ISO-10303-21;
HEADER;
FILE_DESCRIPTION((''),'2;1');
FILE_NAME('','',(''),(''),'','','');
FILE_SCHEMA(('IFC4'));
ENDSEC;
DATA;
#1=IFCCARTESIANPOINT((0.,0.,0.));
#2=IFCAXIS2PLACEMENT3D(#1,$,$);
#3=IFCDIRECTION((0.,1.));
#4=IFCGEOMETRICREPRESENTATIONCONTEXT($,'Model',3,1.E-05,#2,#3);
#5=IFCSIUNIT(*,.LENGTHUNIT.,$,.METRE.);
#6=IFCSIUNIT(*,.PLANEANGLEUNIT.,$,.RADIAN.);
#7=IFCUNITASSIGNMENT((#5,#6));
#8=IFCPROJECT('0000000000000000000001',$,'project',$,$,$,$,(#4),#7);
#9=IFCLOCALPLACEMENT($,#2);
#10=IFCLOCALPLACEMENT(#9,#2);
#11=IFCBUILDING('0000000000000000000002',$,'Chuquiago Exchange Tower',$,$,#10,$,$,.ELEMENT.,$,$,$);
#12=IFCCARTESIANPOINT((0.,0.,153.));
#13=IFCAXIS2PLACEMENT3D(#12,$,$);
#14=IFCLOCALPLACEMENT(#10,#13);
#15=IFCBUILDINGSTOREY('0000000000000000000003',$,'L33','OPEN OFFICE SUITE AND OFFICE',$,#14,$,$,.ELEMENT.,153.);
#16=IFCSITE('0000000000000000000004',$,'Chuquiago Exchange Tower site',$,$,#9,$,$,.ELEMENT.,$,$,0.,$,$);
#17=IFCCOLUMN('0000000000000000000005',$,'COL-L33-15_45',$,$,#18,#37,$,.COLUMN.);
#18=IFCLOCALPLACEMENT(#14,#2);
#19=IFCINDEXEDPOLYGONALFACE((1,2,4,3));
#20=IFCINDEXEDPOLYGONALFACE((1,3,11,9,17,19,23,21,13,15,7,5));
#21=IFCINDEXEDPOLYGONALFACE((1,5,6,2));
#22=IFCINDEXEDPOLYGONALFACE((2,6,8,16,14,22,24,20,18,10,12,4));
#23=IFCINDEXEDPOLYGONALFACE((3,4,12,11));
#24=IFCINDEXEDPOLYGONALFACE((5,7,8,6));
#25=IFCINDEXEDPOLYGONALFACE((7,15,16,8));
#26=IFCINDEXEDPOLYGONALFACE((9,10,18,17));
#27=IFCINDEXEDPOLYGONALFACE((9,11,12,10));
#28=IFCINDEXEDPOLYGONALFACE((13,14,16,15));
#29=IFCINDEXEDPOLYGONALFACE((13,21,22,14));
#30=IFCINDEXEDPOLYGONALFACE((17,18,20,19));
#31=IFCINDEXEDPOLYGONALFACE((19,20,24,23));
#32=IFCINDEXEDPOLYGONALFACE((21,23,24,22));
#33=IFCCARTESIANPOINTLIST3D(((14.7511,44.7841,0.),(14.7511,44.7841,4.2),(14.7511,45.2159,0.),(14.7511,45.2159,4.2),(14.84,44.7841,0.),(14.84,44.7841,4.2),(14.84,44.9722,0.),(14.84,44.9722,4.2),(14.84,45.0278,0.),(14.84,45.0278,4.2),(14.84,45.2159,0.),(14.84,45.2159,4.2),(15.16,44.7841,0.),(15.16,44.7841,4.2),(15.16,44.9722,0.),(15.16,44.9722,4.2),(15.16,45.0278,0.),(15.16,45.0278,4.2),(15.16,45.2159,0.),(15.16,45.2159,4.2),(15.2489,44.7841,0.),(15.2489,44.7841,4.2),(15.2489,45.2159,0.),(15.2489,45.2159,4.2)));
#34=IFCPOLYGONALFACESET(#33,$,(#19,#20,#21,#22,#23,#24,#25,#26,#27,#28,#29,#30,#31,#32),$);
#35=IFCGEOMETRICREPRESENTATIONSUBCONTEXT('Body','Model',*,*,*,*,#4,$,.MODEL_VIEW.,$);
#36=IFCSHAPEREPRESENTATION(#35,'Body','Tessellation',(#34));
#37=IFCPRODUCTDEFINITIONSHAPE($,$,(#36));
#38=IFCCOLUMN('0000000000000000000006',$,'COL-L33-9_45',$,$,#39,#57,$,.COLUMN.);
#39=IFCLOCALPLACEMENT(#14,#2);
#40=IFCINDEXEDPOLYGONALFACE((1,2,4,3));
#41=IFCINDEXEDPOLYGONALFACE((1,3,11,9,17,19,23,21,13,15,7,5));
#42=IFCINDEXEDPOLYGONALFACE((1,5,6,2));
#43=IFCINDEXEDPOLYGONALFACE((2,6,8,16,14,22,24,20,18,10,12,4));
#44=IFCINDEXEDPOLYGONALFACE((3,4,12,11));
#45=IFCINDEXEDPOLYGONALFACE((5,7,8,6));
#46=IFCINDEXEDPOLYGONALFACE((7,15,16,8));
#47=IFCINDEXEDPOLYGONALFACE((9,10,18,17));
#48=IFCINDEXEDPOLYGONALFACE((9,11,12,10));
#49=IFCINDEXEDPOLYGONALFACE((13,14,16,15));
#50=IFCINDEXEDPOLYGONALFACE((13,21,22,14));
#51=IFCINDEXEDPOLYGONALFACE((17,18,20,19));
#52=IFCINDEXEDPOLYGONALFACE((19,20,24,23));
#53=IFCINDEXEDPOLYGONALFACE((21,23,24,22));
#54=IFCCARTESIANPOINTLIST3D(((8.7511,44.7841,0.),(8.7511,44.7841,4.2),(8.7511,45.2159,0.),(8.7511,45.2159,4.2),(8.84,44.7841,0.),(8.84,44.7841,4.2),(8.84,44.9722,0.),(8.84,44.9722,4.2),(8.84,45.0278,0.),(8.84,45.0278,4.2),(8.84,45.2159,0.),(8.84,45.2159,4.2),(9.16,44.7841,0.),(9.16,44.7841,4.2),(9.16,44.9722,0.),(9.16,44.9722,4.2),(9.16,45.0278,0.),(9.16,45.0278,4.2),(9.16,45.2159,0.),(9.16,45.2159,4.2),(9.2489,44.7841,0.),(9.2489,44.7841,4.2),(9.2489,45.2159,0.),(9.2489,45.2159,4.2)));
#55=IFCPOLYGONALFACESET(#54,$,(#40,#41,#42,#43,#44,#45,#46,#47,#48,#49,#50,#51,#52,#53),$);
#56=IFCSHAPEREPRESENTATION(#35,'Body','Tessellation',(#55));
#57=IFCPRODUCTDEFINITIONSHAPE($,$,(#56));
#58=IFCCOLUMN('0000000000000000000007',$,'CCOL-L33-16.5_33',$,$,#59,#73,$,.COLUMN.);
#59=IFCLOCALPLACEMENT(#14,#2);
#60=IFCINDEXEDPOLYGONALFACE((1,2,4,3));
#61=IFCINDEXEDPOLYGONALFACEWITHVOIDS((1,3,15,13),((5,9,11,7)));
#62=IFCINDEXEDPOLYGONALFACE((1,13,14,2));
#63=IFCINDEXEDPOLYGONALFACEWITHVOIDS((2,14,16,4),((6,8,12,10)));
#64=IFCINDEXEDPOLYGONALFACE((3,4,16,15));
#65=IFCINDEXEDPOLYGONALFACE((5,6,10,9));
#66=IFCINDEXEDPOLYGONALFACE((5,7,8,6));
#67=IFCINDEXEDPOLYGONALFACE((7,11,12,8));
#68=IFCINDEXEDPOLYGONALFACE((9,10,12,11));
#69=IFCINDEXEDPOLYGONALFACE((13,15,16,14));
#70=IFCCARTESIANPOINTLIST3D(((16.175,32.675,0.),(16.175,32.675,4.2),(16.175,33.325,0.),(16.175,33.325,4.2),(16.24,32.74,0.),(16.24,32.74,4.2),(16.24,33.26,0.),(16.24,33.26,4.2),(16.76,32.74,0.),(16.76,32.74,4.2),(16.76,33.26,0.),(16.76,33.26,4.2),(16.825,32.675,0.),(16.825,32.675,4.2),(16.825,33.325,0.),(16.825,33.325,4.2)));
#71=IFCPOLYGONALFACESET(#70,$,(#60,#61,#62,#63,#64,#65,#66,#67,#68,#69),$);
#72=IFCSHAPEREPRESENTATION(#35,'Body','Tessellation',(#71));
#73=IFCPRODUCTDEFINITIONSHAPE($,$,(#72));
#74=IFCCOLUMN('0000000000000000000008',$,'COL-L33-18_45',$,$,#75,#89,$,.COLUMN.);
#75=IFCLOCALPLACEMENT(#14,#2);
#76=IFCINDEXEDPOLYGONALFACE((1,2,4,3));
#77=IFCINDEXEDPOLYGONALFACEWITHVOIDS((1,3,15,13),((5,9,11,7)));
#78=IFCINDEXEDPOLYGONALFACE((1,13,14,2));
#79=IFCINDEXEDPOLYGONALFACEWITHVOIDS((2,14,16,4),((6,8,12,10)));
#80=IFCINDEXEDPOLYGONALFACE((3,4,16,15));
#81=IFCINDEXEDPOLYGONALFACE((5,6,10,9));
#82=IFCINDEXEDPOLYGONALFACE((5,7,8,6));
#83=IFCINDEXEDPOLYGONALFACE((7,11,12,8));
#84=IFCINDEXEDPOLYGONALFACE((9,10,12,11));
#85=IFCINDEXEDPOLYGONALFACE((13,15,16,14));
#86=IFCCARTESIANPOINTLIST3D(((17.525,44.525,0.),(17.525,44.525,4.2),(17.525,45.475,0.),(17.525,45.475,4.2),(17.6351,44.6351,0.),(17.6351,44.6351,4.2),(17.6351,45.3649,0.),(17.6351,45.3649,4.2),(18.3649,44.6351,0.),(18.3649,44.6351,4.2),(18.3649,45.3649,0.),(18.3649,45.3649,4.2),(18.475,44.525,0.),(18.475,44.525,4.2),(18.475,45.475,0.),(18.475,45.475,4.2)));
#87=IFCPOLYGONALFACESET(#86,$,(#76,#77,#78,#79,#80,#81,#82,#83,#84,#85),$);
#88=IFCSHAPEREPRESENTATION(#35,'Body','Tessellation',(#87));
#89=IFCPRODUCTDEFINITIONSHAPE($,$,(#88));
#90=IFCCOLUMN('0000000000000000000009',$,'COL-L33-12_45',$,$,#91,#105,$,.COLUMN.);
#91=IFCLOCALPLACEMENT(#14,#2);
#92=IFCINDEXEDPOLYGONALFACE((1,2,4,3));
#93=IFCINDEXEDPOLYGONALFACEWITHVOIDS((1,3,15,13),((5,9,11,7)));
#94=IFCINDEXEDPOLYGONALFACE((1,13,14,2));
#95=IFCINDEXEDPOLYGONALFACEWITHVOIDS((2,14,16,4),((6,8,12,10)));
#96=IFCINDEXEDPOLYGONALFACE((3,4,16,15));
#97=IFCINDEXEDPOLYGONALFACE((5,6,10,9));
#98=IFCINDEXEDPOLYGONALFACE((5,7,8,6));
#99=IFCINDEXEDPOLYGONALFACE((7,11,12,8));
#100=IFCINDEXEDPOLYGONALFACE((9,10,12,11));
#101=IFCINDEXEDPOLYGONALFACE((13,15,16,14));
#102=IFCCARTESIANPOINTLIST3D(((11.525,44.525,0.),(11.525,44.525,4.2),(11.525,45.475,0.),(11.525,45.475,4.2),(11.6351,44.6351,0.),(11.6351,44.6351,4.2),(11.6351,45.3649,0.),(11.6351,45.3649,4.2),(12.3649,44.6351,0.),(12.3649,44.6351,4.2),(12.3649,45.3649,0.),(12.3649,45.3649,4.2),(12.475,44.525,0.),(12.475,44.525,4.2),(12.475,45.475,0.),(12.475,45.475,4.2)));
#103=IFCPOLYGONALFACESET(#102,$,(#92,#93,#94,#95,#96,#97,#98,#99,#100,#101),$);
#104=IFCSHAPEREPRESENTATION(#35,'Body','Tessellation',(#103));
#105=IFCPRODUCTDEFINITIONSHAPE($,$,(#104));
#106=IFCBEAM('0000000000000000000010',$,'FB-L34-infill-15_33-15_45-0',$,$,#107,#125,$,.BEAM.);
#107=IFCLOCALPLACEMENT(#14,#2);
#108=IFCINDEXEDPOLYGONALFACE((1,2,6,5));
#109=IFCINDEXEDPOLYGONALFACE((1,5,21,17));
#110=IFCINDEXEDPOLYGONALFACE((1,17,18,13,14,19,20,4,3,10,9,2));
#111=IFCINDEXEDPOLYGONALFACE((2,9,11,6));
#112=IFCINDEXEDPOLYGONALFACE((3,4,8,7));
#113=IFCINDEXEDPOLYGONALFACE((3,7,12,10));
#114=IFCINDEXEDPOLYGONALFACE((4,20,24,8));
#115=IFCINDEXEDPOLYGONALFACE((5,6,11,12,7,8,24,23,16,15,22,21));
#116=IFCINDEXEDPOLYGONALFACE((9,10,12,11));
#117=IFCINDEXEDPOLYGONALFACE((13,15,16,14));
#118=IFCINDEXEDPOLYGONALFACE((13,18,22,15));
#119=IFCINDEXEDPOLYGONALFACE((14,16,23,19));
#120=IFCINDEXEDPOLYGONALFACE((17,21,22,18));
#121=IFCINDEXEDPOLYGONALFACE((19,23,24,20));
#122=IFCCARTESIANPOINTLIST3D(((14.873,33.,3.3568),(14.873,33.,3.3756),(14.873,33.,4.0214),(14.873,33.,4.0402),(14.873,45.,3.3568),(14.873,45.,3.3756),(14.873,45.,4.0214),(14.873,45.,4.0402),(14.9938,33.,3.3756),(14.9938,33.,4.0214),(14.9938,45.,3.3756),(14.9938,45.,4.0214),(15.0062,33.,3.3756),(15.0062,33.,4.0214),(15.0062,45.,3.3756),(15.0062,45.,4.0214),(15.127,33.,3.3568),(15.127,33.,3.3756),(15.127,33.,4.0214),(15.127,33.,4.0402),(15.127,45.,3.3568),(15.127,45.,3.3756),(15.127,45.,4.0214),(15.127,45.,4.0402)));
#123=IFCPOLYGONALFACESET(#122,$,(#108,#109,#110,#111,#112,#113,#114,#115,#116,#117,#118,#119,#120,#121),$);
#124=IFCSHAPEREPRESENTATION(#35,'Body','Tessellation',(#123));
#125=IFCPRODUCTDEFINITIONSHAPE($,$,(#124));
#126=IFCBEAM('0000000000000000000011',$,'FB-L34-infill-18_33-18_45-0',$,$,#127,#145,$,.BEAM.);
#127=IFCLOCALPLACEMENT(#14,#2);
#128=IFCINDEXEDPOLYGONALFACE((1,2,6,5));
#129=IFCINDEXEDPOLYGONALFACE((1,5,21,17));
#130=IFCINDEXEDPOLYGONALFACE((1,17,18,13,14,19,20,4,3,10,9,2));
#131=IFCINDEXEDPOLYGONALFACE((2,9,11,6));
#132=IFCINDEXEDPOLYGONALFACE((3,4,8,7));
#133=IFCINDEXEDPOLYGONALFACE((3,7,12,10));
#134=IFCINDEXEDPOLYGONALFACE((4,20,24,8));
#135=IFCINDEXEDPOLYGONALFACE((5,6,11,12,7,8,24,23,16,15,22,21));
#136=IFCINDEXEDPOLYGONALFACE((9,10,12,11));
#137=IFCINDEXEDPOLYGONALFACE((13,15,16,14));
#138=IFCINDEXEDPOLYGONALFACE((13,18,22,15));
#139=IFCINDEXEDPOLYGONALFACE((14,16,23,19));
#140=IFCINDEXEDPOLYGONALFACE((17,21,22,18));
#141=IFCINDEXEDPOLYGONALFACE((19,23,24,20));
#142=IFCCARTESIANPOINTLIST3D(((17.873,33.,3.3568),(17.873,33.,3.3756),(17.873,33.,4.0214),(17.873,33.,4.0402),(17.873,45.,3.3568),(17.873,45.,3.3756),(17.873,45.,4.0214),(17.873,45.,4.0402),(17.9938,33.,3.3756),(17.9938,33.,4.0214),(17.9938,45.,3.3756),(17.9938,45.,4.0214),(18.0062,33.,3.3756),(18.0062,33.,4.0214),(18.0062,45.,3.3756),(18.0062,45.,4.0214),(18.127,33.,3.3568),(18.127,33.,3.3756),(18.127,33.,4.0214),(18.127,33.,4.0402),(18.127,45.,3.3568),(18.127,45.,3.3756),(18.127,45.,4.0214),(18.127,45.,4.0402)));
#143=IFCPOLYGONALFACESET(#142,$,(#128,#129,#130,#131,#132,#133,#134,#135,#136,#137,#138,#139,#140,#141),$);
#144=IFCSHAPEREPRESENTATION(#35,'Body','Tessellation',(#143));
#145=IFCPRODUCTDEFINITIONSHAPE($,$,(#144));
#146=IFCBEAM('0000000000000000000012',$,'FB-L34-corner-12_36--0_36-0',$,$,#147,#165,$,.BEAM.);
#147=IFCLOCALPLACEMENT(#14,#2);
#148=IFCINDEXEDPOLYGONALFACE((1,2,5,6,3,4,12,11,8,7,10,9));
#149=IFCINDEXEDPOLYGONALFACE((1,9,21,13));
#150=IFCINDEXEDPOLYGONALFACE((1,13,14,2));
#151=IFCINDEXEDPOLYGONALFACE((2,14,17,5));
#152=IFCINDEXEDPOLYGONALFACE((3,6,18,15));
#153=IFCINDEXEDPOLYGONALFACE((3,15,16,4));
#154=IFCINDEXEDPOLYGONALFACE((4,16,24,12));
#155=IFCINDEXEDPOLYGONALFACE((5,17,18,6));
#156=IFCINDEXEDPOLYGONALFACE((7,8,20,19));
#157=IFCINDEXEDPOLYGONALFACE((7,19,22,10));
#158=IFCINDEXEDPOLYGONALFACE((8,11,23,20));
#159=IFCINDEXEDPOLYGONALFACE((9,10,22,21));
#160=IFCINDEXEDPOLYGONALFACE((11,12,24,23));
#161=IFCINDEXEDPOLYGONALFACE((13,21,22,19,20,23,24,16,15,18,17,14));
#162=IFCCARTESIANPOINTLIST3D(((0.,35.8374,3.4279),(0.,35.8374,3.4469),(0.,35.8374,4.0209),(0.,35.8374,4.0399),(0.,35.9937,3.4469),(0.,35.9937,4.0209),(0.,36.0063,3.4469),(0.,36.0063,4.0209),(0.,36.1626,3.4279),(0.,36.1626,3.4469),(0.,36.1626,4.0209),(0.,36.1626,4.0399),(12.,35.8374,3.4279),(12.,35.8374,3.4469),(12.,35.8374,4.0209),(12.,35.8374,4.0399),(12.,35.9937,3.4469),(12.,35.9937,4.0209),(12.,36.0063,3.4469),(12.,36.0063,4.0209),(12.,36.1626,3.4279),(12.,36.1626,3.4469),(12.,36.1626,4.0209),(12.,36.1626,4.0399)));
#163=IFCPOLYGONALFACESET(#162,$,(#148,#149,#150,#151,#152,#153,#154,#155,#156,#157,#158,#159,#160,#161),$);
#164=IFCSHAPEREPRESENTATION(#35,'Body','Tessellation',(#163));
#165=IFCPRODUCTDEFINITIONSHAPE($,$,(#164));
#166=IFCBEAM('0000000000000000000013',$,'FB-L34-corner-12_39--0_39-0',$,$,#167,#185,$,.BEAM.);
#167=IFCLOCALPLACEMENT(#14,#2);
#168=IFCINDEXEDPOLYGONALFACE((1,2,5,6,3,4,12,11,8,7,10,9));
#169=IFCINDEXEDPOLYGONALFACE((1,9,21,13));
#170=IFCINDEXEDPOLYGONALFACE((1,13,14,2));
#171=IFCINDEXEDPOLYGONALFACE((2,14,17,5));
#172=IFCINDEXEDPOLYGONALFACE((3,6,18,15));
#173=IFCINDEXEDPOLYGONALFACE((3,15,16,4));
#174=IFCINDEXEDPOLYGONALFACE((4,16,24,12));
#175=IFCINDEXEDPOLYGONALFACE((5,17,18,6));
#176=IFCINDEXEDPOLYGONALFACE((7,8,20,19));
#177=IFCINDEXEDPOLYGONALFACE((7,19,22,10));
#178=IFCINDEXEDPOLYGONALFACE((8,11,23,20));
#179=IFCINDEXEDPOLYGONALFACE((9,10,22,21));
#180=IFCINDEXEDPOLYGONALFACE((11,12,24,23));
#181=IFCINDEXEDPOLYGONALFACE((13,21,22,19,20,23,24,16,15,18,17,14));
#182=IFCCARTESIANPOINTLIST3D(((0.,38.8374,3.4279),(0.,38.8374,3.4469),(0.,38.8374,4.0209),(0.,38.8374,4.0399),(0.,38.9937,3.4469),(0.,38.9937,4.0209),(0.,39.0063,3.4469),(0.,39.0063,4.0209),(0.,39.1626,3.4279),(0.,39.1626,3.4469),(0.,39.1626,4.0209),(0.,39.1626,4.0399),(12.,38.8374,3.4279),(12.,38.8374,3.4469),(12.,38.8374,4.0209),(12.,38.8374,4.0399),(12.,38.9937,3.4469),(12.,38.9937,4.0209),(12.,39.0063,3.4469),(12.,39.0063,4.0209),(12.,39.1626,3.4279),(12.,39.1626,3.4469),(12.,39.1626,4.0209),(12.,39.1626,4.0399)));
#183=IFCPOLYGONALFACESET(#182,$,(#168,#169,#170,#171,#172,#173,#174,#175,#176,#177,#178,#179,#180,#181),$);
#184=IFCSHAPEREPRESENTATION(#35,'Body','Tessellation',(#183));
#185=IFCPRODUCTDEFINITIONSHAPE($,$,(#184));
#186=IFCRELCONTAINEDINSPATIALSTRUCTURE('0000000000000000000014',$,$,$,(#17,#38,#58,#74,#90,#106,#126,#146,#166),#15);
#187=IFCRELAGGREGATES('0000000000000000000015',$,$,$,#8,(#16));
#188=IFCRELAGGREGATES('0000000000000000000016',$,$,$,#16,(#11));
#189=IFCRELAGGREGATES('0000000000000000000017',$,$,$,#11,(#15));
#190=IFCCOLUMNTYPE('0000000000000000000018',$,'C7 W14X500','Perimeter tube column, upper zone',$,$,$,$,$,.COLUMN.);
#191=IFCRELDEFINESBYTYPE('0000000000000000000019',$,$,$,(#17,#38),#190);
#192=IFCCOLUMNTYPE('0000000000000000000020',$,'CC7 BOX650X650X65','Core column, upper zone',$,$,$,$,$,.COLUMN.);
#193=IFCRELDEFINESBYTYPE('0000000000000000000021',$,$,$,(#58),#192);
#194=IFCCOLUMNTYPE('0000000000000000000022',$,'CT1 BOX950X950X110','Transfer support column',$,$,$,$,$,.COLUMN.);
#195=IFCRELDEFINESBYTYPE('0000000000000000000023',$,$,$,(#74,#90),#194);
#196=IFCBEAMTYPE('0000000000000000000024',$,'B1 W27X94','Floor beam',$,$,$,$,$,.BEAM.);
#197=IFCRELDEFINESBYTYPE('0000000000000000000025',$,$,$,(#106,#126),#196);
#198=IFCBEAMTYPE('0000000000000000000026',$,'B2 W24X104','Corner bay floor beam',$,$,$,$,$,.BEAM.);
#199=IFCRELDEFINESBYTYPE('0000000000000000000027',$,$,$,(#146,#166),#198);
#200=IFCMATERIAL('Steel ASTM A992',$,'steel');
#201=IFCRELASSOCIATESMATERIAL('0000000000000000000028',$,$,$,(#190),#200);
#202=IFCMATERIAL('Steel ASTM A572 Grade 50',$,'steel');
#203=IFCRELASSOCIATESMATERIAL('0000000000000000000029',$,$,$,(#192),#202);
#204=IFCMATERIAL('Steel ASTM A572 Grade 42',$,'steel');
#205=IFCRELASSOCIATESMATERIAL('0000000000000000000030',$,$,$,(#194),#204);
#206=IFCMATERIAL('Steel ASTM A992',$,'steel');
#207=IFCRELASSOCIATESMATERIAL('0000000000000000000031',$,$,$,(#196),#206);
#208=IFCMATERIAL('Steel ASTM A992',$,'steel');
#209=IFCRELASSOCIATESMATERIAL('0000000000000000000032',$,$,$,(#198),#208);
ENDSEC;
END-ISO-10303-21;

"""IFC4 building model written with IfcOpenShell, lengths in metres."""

from ifc_helpers import new_model, si_unit, direction, frame, origin, origin_2d, place, context, subcontext, project, spatial, hollow_rectangle, i_section, extrude, material, material_profile, profile_set, type_object, element, save


model = new_model("IFC4")

# Units and contexts
model_context = context("Model", 3, precision=1e-05, world=origin(), true_north=direction((0.0, 1.0)))
body_context = subcontext(model_context, "Body", "Model", "MODEL_VIEW")
ifc_project = project(units=[si_unit("LENGTHUNIT", "METRE"), si_unit("PLANEANGLEUNIT", "RADIAN")], contexts=[model_context])

# Site, building, storey
site_placement = place(None, origin())
site = spatial("IfcSite", under=ifc_project, at=site_placement, Name="Chuquiago Exchange Tower site", CompositionType="ELEMENT", RefElevation=0.0)
building_placement = place(site_placement, origin())
building = spatial("IfcBuilding", under=site, at=building_placement, Name="Chuquiago Exchange Tower", CompositionType="ELEMENT")
storey_placement = place(building_placement, frame((0.0, 0.0, 153.0)))
storey = spatial("IfcBuildingStorey", under=building, at=storey_placement, Name="L33", Description="OPEN OFFICE SUITE AND OFFICE", CompositionType="ELEMENT", Elevation=153.0)

# Columns
ifc_material_1 = material(Name="Steel ASTM A992", Category="steel")
ifc_material_profile_1 = material_profile(ifc_material_1, i_section(OverallWidth=0.4319, OverallDepth=0.4978, WebThickness=0.0557, FlangeThickness=0.0889, at=origin_2d()), Name="W14X500")
ifc_profile_set_1 = profile_set([ifc_material_profile_1], Name="Steel ASTM A992")
column_type_1 = type_object("IfcColumnType", Name="C7 W14X500", Description="Perimeter tube column, upper zone", PredefinedType="COLUMN", material=ifc_profile_set_1)
for number, where, z_axis, x_axis, name in (
    (1, (15.0, 45.0, 0.0), (0.0, 0.0, 1.0), (0.0, 1.0, 0.0), "COL-L33-15_45"),
    (2, (9.0, 45.0, 0.0), (0.0, 0.0, 1.0), (0.0, 1.0, 0.0), "COL-L33-9_45"),
):
    element("IfcColumn", number, at=place(storey_placement, frame(where, z_axis=z_axis, x_axis=x_axis)), inside=storey, type_object=column_type_1, Name=name, PredefinedType="COLUMN", context=body_context, shape_type="SweptSolid", body=[
        extrude(i_section(OverallWidth=0.4319, OverallDepth=0.4978, WebThickness=0.0557, FlangeThickness=0.0889, at=origin_2d()), origin(), (0.0, 0.0, 1.0), 4.2),
    ])
ifc_material_2 = material(Name="Steel ASTM A572 Grade 50", Category="steel")
ifc_material_profile_2 = material_profile(ifc_material_2, hollow_rectangle(XDim=0.6499, YDim=0.6499, WallThickness=0.0649, at=origin_2d()), Name="BOX650X650X65")
ifc_profile_set_2 = profile_set([ifc_material_profile_2], Name="Steel ASTM A572 Grade 50")
column_type_2 = type_object("IfcColumnType", Name="CC7 BOX650X650X65", Description="Core column, upper zone", PredefinedType="COLUMN", material=ifc_profile_set_2)
column_placement = place(storey_placement, frame((16.5, 33.0, 0.0), z_axis=(0.0, 0.0, 1.0), x_axis=(1.0, 0.0, 0.0)))
element("IfcColumn", 3, at=column_placement, inside=storey, type_object=column_type_2, Name="CCOL-L33-16.5_33", PredefinedType="COLUMN", context=body_context, shape_type="SweptSolid", body=[
    extrude(hollow_rectangle(XDim=0.6499, YDim=0.6499, WallThickness=0.0649, at=origin_2d()), origin(), (0.0, 0.0, 1.0), 4.2),
])
ifc_material_3 = material(Name="Steel ASTM A572 Grade 42", Category="steel")
ifc_material_profile_3 = material_profile(ifc_material_3, hollow_rectangle(XDim=0.95, YDim=0.95, WallThickness=0.1101, at=origin_2d()), Name="BOX950X950X110")
ifc_profile_set_3 = profile_set([ifc_material_profile_3], Name="Steel ASTM A572 Grade 42")
column_type_3 = type_object("IfcColumnType", Name="CT1 BOX950X950X110", Description="Transfer support column", PredefinedType="COLUMN", material=ifc_profile_set_3)
for number, where, z_axis, x_axis, name in (
    (4, (18.0, 45.0, 0.0), (0.0, 0.0, 1.0), (0.0, 1.0, 0.0), "COL-L33-18_45"),
    (5, (12.0, 45.0, 0.0), (0.0, 0.0, 1.0), (0.0, 1.0, 0.0), "COL-L33-12_45"),
):
    element("IfcColumn", number, at=place(storey_placement, frame(where, z_axis=z_axis, x_axis=x_axis)), inside=storey, type_object=column_type_3, Name=name, PredefinedType="COLUMN", context=body_context, shape_type="SweptSolid", body=[
        extrude(hollow_rectangle(XDim=0.95, YDim=0.95, WallThickness=0.1101, at=origin_2d()), origin(), (0.0, 0.0, 1.0), 4.2),
    ])

# Beams
ifc_material_4 = material(Name="Steel ASTM A992", Category="steel")
ifc_material_profile_4 = material_profile(ifc_material_4, i_section(OverallWidth=0.2539, OverallDepth=0.6833, WebThickness=0.0125, FlangeThickness=0.0188, at=origin_2d()), Name="W27X94")
ifc_profile_set_4 = profile_set([ifc_material_profile_4], Name="Steel ASTM A992")
beam_type_1 = type_object("IfcBeamType", Name="B1 W27X94", Description="Floor beam", PredefinedType="BEAM", material=ifc_profile_set_4)
for number, where, z_axis, x_axis, name in (
    (6, (15.0, 33.0, 3.6985), (0.0, 1.0, 0.0), (-1.0, 0.0, 0.0), "FB-L34-infill-15_33-15_45-0"),
    (7, (18.0, 33.0, 3.6985), (0.0, 1.0, 0.0), (-1.0, 0.0, 0.0), "FB-L34-infill-18_33-18_45-0"),
):
    element("IfcBeam", number, at=place(storey_placement, frame(where, z_axis=z_axis, x_axis=x_axis)), inside=storey, type_object=beam_type_1, Name=name, PredefinedType="BEAM", context=body_context, shape_type="SweptSolid", body=[
        extrude(i_section(OverallWidth=0.2539, OverallDepth=0.6833, WebThickness=0.0125, FlangeThickness=0.0188, at=origin_2d()), origin(), (0.0, 0.0, 1.0), 12.0),
    ])
ifc_material_5 = material(Name="Steel ASTM A992", Category="steel")
ifc_material_profile_5 = material_profile(ifc_material_5, i_section(OverallWidth=0.3252, OverallDepth=0.6121, WebThickness=0.0127, FlangeThickness=0.019, at=origin_2d()), Name="W24X104")
ifc_profile_set_5 = profile_set([ifc_material_profile_5], Name="Steel ASTM A992")
beam_type_2 = type_object("IfcBeamType", Name="B2 W24X104", Description="Corner bay floor beam", PredefinedType="BEAM", material=ifc_profile_set_5)
for number, where, z_axis, x_axis, name in (
    (8, (12.0, 36.0, 3.7339), (-1.0, 0.0, 0.0), (0.0, -1.0, 0.0), "FB-L34-corner-12_36--0_36-0"),
    (9, (12.0, 39.0, 3.7339), (-1.0, 0.0, 0.0), (0.0, -1.0, 0.0), "FB-L34-corner-12_39--0_39-0"),
):
    element("IfcBeam", number, at=place(storey_placement, frame(where, z_axis=z_axis, x_axis=x_axis)), inside=storey, type_object=beam_type_2, Name=name, PredefinedType="BEAM", context=body_context, shape_type="SweptSolid", body=[
        extrude(i_section(OverallWidth=0.3252, OverallDepth=0.6121, WebThickness=0.0127, FlangeThickness=0.019, at=origin_2d()), origin(), (0.0, 0.0, 1.0), 12.0),
    ])

save(model, "model.ifc")
